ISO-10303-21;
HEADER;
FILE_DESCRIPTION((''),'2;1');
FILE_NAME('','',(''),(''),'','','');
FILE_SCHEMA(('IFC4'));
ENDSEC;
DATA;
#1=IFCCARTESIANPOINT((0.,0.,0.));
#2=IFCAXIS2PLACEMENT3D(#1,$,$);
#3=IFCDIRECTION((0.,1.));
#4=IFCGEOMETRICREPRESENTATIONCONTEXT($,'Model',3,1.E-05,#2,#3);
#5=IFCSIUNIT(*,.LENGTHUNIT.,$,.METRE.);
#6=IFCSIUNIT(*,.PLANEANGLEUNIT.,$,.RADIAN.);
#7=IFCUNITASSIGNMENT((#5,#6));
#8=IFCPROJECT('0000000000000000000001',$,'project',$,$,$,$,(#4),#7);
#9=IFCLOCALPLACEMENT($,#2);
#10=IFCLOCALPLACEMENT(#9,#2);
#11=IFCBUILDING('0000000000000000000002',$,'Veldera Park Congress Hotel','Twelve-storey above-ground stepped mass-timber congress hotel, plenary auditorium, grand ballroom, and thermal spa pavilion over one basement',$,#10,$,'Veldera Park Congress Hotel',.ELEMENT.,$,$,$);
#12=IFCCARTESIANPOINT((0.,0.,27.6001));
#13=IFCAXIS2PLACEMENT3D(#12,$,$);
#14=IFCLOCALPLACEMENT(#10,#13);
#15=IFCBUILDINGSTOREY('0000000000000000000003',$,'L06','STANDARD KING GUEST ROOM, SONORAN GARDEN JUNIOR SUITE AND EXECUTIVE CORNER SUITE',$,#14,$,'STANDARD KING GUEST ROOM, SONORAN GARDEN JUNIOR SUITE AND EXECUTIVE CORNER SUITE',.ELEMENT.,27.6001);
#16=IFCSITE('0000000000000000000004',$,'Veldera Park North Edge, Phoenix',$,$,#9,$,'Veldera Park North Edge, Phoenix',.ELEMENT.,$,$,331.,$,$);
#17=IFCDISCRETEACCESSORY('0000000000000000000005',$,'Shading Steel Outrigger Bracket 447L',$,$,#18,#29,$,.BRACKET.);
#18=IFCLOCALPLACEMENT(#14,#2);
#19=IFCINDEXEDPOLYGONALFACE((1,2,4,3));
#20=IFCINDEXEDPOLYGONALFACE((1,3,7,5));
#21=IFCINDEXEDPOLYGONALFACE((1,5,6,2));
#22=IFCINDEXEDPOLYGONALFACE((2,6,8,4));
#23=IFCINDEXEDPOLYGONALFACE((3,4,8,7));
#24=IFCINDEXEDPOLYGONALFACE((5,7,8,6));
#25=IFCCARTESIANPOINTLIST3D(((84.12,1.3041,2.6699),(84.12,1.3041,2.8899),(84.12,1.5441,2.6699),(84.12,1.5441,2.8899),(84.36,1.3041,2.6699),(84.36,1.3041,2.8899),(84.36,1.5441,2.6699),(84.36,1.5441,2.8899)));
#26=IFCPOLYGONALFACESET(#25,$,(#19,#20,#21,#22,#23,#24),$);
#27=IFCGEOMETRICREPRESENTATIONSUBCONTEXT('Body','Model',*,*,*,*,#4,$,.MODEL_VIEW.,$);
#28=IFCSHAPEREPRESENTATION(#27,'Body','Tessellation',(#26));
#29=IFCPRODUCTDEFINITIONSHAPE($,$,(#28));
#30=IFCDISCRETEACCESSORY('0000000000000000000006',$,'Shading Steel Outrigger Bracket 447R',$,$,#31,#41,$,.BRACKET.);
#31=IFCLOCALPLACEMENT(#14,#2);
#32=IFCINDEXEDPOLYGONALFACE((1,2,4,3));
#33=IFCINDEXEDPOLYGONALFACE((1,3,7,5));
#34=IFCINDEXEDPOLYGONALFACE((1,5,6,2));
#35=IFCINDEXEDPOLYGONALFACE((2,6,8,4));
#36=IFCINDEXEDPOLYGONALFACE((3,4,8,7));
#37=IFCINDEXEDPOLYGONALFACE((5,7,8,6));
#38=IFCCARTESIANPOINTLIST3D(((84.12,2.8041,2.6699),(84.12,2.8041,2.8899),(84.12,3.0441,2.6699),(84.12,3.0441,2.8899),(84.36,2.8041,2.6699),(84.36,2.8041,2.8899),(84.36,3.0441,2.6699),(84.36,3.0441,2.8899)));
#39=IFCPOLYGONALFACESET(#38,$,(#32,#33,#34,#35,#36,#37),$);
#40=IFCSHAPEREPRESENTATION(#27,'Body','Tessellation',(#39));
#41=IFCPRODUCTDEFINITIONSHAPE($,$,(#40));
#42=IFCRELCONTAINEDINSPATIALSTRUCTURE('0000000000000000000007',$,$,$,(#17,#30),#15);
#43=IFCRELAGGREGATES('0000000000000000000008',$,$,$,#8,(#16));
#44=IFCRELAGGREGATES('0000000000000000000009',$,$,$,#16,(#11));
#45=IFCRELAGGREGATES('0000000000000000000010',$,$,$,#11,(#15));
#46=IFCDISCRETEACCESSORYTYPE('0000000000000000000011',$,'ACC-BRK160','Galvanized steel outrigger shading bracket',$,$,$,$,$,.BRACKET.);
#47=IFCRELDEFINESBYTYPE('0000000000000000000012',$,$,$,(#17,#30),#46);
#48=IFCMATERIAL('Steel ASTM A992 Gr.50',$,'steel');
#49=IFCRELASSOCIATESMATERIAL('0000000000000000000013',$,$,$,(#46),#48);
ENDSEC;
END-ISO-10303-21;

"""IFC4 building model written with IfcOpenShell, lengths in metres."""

from ifc_helpers import new_model, si_unit, direction, frame, origin, origin_2d, place, context, subcontext, project, spatial, rectangle, extrude, material, type_object, element, save


model = new_model("IFC4")

# Units and contexts
model_context = context("Model", 3, precision=1e-05, world=origin(), true_north=direction((0.0, 1.0)))
body_context = subcontext(model_context, "Body", "Model", "MODEL_VIEW")
ifc_project = project(units=[si_unit("LENGTHUNIT", "METRE"), si_unit("PLANEANGLEUNIT", "RADIAN")], contexts=[model_context])

# Site, building, storey
site_placement = place(None, origin())
site = spatial("IfcSite", under=ifc_project, at=site_placement, Name="Veldera Park North Edge, Phoenix", LongName="Veldera Park North Edge, Phoenix", CompositionType="ELEMENT", RefElevation=331.0)
building_placement = place(site_placement, origin())
building = spatial("IfcBuilding", under=site, at=building_placement, Name="Veldera Park Congress Hotel", Description="Twelve-storey above-ground stepped mass-timber congress hotel, plenary auditorium, grand ballroom, and thermal spa pavilion over one basement", LongName="Veldera Park Congress Hotel", CompositionType="ELEMENT")
storey_placement = place(building_placement, frame((0.0, 0.0, 27.6001)))
storey = spatial("IfcBuildingStorey", under=building, at=storey_placement, Name="L06", Description="STANDARD KING GUEST ROOM, SONORAN GARDEN JUNIOR SUITE AND EXECUTIVE CORNER SUITE", LongName="STANDARD KING GUEST ROOM, SONORAN GARDEN JUNIOR SUITE AND EXECUTIVE CORNER SUITE", CompositionType="ELEMENT", Elevation=27.6001)

# Discrete accessories
ifc_material_1 = material(Name="Steel ASTM A992 Gr.50", Category="steel")
discrete_accessory_type = type_object("IfcDiscreteAccessoryType", Name="ACC-BRK160", Description="Galvanized steel outrigger shading bracket", PredefinedType="BRACKET", material=ifc_material_1)
for number, where, z_axis, x_axis, name in (
    (1, (84.24, 1.4241, 2.6699), (0.0, 0.0, 1.0), (0.0, 1.0, 0.0), "Shading Steel Outrigger Bracket 447L"),
    (2, (84.24, 2.9241, 2.6699), (0.0, 0.0, 1.0), (0.0, 1.0, 0.0), "Shading Steel Outrigger Bracket 447R"),
):
    element("IfcDiscreteAccessory", number, at=place(storey_placement, frame(where, z_axis=z_axis, x_axis=x_axis)), inside=storey, type_object=discrete_accessory_type, Name=name, PredefinedType="BRACKET", context=body_context, shape_type="SweptSolid", body=[
        extrude(rectangle(XDim=0.24, YDim=0.24, at=origin_2d()), origin(), (0.0, 0.0, 1.0), 0.22),
    ])

save(model, "model.ifc")
